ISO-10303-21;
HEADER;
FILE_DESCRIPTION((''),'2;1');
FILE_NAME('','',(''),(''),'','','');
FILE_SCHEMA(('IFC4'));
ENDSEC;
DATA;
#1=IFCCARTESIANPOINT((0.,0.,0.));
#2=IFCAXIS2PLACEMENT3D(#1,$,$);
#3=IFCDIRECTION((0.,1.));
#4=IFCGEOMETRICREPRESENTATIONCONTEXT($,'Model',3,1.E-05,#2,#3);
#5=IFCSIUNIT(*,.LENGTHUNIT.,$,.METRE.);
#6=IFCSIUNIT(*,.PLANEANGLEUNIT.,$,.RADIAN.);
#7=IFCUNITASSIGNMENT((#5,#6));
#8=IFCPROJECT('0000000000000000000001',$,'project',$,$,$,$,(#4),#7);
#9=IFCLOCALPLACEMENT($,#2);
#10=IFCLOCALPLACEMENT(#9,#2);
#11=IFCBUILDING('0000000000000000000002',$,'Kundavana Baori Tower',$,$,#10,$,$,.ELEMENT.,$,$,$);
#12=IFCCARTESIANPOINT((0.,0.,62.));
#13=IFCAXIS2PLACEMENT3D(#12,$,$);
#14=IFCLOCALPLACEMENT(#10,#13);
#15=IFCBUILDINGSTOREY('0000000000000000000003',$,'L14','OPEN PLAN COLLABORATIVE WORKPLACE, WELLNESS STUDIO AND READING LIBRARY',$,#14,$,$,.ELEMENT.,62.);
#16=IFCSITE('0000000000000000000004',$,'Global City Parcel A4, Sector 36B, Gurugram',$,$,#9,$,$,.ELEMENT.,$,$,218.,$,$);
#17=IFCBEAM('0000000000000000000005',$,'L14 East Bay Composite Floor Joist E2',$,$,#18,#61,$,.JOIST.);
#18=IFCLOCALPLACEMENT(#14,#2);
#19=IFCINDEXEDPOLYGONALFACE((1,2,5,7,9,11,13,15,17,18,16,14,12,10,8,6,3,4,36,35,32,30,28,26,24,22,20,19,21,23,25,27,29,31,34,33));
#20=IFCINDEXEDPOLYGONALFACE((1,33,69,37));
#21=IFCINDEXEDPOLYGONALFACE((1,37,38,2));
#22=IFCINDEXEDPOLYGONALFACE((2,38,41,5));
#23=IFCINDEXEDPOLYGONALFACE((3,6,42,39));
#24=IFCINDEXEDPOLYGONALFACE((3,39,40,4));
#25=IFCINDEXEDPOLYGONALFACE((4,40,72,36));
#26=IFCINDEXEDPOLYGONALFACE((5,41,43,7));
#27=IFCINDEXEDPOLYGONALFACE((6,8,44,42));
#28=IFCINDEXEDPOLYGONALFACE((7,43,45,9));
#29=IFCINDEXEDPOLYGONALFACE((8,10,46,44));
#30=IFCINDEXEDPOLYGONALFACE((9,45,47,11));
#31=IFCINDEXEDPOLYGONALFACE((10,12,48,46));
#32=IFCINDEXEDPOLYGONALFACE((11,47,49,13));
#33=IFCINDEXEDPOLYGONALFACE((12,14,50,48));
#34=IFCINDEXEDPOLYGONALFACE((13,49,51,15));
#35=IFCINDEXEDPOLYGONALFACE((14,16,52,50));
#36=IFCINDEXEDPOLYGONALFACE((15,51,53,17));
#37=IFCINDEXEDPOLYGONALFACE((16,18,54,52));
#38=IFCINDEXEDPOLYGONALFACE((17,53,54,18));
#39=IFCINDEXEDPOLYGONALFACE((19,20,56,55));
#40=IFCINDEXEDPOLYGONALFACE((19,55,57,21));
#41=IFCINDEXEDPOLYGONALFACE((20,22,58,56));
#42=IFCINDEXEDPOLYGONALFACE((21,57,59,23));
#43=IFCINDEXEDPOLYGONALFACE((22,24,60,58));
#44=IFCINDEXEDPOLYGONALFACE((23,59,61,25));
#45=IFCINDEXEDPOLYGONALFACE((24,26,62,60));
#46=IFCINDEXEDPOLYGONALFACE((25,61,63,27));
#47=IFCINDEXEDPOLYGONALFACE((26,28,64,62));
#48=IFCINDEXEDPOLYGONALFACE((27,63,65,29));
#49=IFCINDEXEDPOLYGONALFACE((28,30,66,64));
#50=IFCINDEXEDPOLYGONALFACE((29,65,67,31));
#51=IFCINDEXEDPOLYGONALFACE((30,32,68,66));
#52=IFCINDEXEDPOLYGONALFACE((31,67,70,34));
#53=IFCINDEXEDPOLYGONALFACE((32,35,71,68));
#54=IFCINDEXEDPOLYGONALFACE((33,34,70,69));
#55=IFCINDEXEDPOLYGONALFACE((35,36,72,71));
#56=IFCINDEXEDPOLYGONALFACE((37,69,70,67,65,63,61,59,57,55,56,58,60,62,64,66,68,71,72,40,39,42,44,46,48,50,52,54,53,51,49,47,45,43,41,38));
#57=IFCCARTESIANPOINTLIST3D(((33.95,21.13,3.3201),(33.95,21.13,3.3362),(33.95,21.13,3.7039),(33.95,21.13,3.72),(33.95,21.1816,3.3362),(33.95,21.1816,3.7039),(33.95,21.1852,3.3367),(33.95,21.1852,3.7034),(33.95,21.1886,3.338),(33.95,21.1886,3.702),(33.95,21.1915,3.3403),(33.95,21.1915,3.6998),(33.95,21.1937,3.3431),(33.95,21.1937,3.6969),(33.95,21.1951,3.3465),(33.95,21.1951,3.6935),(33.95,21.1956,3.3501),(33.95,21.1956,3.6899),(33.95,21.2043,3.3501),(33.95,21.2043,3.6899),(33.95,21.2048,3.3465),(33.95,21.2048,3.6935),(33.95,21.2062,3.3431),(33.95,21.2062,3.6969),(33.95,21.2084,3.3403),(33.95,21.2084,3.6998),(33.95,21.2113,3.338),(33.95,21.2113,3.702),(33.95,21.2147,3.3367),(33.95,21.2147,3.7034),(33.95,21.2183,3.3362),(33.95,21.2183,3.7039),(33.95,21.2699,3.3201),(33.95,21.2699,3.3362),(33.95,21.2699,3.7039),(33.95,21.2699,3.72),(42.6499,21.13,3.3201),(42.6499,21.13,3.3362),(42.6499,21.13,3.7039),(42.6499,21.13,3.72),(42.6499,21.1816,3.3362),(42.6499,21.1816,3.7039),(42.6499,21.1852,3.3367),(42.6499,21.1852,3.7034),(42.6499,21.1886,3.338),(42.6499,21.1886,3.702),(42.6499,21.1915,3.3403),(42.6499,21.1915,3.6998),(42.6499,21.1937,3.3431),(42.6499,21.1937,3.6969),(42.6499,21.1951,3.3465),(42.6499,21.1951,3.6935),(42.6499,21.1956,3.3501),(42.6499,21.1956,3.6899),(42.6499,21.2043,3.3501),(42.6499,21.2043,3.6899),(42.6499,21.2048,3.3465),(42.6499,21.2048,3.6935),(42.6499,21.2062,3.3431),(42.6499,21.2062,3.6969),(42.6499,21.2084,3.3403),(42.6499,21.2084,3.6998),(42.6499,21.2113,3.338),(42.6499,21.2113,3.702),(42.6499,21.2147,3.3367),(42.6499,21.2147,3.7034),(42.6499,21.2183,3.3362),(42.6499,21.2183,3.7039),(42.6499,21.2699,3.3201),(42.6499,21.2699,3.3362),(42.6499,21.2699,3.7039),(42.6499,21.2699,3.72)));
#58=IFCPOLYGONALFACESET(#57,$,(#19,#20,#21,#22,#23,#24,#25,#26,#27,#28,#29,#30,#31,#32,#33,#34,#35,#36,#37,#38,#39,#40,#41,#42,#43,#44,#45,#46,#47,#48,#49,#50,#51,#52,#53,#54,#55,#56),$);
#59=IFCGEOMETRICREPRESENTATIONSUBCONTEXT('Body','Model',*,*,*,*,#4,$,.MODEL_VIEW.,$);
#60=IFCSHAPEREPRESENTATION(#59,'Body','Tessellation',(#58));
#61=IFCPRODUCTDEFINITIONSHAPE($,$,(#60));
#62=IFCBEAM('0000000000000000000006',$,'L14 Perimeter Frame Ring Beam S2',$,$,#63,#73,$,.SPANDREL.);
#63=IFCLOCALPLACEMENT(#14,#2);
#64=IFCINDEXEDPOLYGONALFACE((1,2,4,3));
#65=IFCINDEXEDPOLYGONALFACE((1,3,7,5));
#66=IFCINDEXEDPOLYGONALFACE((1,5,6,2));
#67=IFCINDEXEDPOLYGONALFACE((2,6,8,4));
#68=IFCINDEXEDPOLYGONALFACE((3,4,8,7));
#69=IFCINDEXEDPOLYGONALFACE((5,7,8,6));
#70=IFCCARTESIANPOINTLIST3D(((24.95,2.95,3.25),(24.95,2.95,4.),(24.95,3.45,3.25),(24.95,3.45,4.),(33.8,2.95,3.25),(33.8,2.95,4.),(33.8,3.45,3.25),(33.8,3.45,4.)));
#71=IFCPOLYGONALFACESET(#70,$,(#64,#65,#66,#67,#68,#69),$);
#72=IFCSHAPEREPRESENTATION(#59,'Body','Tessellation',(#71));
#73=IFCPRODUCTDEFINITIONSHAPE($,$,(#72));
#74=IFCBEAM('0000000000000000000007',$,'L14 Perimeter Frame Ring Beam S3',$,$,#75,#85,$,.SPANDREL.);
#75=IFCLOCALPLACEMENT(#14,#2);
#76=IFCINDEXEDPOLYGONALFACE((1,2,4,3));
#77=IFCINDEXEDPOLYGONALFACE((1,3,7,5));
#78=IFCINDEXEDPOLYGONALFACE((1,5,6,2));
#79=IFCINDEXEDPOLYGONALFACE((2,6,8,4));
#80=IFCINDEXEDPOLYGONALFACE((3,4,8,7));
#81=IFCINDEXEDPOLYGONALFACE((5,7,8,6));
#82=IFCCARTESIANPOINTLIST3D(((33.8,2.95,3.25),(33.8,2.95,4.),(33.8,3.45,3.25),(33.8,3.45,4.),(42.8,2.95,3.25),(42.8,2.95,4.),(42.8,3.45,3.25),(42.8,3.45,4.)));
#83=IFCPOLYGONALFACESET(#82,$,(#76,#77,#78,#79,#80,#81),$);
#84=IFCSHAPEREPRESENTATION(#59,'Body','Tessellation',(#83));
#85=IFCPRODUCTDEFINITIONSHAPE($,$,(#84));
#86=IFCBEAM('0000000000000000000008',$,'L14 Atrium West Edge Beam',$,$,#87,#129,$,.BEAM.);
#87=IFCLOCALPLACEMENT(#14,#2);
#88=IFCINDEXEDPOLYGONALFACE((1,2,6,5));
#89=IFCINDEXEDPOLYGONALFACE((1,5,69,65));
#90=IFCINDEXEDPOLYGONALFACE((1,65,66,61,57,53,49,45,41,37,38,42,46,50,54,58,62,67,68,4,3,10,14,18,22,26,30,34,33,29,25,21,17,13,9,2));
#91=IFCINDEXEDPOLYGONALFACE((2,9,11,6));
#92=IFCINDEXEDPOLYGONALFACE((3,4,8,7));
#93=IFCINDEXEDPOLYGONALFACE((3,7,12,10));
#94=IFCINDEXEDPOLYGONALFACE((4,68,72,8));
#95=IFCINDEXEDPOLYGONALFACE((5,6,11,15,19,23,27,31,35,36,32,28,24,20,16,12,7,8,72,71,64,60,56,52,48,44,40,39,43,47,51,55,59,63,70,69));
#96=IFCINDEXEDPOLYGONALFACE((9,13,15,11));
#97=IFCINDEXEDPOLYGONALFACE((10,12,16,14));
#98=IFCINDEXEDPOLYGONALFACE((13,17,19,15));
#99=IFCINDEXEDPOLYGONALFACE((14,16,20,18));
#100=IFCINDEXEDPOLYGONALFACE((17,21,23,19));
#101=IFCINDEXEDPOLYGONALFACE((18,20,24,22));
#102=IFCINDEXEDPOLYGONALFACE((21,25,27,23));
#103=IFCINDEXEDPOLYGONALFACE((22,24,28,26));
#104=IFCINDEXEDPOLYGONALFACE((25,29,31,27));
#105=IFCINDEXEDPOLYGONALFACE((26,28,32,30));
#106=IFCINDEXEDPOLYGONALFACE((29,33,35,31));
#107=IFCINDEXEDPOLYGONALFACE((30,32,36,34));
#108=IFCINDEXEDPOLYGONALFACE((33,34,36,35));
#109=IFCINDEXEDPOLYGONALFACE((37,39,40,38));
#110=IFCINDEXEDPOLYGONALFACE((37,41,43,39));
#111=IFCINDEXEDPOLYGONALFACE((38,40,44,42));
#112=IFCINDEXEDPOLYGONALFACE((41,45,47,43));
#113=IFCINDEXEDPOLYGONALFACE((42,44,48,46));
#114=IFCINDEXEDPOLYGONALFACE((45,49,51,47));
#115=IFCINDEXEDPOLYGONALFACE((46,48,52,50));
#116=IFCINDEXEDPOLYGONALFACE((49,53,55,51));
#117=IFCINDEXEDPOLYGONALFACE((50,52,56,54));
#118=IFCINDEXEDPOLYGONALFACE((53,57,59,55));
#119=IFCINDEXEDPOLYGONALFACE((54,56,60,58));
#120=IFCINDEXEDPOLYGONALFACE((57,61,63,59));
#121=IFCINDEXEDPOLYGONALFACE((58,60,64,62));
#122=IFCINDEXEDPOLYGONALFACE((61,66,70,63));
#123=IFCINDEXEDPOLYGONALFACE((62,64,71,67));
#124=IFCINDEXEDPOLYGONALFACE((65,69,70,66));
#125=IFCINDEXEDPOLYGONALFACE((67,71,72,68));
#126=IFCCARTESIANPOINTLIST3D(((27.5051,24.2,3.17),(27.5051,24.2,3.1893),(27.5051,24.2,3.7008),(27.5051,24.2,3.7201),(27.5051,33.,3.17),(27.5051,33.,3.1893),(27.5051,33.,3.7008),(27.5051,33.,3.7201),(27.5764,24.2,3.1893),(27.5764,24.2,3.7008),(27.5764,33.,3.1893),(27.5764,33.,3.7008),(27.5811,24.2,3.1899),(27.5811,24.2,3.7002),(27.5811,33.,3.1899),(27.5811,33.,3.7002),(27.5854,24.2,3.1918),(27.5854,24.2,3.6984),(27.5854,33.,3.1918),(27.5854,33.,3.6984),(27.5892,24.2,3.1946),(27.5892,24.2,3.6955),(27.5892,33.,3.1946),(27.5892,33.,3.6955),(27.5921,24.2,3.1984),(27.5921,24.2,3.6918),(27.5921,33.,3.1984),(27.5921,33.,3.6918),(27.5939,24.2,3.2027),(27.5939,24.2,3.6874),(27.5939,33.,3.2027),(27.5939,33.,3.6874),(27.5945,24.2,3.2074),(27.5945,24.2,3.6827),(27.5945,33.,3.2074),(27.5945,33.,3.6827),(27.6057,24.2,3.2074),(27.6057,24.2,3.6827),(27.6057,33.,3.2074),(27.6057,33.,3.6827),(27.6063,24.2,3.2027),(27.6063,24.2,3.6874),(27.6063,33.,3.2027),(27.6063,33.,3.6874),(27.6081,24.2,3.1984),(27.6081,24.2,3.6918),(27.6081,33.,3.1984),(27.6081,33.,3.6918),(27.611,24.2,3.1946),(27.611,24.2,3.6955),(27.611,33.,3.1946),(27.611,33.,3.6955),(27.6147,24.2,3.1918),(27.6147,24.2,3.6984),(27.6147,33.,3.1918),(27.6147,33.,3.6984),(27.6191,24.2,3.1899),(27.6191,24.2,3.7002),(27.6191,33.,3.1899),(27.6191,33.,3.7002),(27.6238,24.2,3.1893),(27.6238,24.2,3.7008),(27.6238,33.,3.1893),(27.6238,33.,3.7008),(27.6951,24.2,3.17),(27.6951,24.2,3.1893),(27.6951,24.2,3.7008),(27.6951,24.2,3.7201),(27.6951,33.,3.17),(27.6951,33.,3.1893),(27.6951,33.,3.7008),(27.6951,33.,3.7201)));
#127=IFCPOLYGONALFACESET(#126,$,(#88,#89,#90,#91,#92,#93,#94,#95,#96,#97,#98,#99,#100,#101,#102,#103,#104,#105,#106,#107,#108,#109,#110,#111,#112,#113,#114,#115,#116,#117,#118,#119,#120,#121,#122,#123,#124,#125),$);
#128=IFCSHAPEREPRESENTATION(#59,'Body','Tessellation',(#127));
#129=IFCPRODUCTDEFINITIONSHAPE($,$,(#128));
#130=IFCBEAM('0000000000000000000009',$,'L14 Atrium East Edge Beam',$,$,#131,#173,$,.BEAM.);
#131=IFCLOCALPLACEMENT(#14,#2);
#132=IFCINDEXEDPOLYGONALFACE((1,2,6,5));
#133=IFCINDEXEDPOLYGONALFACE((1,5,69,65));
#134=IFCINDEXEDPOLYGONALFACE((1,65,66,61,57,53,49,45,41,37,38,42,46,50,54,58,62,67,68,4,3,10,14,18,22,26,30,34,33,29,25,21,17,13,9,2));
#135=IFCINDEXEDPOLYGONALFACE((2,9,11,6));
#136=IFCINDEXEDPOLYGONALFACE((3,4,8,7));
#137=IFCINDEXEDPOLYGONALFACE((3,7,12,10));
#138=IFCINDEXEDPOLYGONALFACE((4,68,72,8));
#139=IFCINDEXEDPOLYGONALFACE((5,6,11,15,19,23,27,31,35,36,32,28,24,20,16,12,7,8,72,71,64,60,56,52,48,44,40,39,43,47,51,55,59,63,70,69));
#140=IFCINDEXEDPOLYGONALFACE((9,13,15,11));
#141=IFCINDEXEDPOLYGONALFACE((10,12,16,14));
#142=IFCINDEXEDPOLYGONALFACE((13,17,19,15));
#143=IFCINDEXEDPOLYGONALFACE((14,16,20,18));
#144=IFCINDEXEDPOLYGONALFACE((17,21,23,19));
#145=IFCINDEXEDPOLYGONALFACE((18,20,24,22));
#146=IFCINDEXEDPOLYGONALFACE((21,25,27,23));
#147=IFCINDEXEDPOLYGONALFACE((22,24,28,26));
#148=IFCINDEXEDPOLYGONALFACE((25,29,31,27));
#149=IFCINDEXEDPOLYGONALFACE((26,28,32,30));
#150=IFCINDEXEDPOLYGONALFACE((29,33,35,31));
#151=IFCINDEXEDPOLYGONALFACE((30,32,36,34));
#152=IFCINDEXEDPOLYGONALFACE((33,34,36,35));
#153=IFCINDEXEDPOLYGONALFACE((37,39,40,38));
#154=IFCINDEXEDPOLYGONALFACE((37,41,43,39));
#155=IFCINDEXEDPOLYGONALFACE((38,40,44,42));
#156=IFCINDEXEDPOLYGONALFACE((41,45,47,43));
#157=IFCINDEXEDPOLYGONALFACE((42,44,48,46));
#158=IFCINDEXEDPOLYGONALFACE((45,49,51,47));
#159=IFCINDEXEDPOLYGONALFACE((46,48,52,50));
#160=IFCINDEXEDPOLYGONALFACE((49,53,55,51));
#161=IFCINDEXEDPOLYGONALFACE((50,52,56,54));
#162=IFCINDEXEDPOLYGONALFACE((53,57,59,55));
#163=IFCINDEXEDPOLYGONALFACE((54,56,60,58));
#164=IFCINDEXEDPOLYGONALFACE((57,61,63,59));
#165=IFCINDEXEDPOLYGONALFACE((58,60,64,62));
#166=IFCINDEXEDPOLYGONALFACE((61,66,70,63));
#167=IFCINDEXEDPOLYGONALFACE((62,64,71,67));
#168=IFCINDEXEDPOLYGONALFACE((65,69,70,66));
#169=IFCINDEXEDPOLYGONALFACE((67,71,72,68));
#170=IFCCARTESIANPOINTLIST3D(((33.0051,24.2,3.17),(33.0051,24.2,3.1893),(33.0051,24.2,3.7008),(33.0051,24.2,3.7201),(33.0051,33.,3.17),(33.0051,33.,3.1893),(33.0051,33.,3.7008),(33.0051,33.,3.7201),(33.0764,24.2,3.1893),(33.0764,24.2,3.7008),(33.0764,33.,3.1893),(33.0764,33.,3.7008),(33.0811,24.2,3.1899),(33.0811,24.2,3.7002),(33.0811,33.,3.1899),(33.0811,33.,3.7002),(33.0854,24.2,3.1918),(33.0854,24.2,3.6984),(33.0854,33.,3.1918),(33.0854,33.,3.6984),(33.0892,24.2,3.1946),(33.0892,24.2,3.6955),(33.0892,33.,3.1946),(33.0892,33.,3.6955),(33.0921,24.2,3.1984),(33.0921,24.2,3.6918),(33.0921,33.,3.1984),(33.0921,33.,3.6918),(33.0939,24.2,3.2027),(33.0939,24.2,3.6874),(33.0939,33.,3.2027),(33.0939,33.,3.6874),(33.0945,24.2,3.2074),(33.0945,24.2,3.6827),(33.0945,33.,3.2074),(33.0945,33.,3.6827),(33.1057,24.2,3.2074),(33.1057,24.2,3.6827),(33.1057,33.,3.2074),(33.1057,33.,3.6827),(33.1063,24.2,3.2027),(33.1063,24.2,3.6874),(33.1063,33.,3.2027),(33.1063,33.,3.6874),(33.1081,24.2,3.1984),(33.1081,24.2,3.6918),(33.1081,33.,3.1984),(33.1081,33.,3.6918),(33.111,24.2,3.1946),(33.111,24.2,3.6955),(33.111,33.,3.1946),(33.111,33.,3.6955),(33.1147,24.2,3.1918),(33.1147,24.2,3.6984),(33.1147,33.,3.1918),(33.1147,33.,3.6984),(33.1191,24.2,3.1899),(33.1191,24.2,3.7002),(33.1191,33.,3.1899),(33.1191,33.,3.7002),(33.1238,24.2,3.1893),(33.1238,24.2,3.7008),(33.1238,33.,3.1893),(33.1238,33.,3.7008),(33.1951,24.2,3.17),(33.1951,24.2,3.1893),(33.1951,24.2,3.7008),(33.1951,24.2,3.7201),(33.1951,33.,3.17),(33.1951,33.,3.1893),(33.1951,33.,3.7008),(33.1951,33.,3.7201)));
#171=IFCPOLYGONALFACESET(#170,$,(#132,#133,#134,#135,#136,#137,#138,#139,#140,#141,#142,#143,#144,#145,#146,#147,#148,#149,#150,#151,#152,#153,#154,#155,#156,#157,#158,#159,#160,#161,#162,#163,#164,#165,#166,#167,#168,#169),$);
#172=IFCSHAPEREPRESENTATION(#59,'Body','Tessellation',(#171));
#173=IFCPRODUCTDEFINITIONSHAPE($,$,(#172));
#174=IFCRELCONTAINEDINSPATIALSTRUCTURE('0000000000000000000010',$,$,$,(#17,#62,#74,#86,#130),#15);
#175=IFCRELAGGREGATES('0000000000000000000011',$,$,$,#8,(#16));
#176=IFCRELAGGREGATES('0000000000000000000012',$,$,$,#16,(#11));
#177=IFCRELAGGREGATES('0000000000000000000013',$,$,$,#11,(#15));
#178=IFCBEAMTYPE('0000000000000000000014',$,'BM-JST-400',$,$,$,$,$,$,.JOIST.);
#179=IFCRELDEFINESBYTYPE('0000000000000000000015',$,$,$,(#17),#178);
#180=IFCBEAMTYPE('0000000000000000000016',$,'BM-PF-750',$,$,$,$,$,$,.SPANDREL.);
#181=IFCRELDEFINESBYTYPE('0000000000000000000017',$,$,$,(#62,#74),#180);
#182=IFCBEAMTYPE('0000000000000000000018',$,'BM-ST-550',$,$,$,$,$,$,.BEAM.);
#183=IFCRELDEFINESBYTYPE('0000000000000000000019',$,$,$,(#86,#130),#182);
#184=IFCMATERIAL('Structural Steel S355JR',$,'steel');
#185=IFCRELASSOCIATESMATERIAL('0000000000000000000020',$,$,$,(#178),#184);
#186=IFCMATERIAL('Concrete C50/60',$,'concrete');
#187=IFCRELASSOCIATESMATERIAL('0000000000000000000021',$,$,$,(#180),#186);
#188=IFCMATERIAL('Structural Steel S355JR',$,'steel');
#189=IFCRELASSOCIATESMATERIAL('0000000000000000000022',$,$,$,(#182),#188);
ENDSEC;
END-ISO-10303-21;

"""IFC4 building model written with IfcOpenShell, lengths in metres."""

from ifc_helpers import new_model, si_unit, direction, frame, origin, origin_2d, place, context, subcontext, project, spatial, rectangle, i_section, extrude, material, material_profile, profile_set, type_object, element, save


model = new_model("IFC4")

# Units and contexts
model_context = context("Model", 3, precision=1e-05, world=origin(), true_north=direction((0.0, 1.0)))
body_context = subcontext(model_context, "Body", "Model", "MODEL_VIEW")
ifc_project = project(units=[si_unit("LENGTHUNIT", "METRE"), si_unit("PLANEANGLEUNIT", "RADIAN")], contexts=[model_context])

# Site, building, storey
site_placement = place(None, origin())
site = spatial("IfcSite", under=ifc_project, at=site_placement, Name="Global City Parcel A4, Sector 36B, Gurugram", CompositionType="ELEMENT", RefElevation=218.0)
building_placement = place(site_placement, origin())
building = spatial("IfcBuilding", under=site, at=building_placement, Name="Kundavana Baori Tower", CompositionType="ELEMENT")
storey_placement = place(building_placement, frame((0.0, 0.0, 62.0)))
storey = spatial("IfcBuildingStorey", under=building, at=storey_placement, Name="L14", Description="OPEN PLAN COLLABORATIVE WORKPLACE, WELLNESS STUDIO AND READING LIBRARY", CompositionType="ELEMENT", Elevation=62.0)

# Beams
ifc_material_1 = material(Name="Structural Steel S355JR", Category="steel")
ifc_material_profile_1 = material_profile(ifc_material_1, i_section(OverallWidth=0.1399, OverallDepth=0.3999, WebThickness=0.0088, FlangeThickness=0.0161, FilletRadius=0.0139, at=origin_2d()), Name="ISMB 400")
ifc_profile_set_1 = profile_set([ifc_material_profile_1], Name="Structural Steel S355JR")
beam_type_1 = type_object("IfcBeamType", Name="BM-JST-400", PredefinedType="JOIST", material=ifc_profile_set_1)
for number, where, z_axis, x_axis, name in (
    (1, (33.95, 21.2, 3.52), (1.0, 0.0, 0.0), (0.0, 1.0, 0.0), "L14 East Bay Composite Floor Joist E2"),
):
    element("IfcBeam", number, at=place(storey_placement, frame(where, z_axis=z_axis, x_axis=x_axis)), inside=storey, type_object=beam_type_1, Name=name, PredefinedType="JOIST", context=body_context, shape_type="SweptSolid", body=[
        extrude(i_section(OverallWidth=0.1399, OverallDepth=0.3999, WebThickness=0.0088, FlangeThickness=0.0161, FilletRadius=0.0139, at=origin_2d()), origin(), (0.0, 0.0, 1.0), 8.7),
    ])
ifc_material_2 = material(Name="Concrete C50/60", Category="concrete")
ifc_material_profile_2 = material_profile(ifc_material_2, rectangle(XDim=0.5, YDim=0.75, at=origin_2d()), Name="RC BM 500x750")
ifc_profile_set_2 = profile_set([ifc_material_profile_2], Name="Concrete C50/60")
beam_type_2 = type_object("IfcBeamType", Name="BM-PF-750", PredefinedType="SPANDREL", material=ifc_profile_set_2)
beam_1_placement = place(storey_placement, frame((24.95, 3.2, 3.625), z_axis=(1.0, 0.0, 0.0), x_axis=(0.0, 1.0, 0.0)))
element("IfcBeam", 2, at=beam_1_placement, inside=storey, type_object=beam_type_2, Name="L14 Perimeter Frame Ring Beam S2", PredefinedType="SPANDREL", context=body_context, shape_type="SweptSolid", body=[
    extrude(rectangle(XDim=0.5, YDim=0.75, at=origin_2d()), origin(), (0.0, 0.0, 1.0), 8.8501),
])
beam_2_placement = place(storey_placement, frame((33.8, 3.2, 3.625), z_axis=(1.0, 0.0, 0.0), x_axis=(0.0, 1.0, 0.0)))
element("IfcBeam", 3, at=beam_2_placement, inside=storey, type_object=beam_type_2, Name="L14 Perimeter Frame Ring Beam S3", PredefinedType="SPANDREL", context=body_context, shape_type="SweptSolid", body=[
    extrude(rectangle(XDim=0.5, YDim=0.75, at=origin_2d()), origin(), (0.0, 0.0, 1.0), 9.0),
])
ifc_material_3 = material(Name="Structural Steel S355JR", Category="steel")
ifc_material_profile_3 = material_profile(ifc_material_3, i_section(OverallWidth=0.1899, OverallDepth=0.55, WebThickness=0.0112, FlangeThickness=0.0193, FilletRadius=0.0181, at=origin_2d()), Name="ISMB 550")
ifc_profile_set_3 = profile_set([ifc_material_profile_3], Name="Structural Steel S355JR")
beam_type_3 = type_object("IfcBeamType", Name="BM-ST-550", PredefinedType="BEAM", material=ifc_profile_set_3)
for number, where, z_axis, x_axis, name in (
    (4, (27.6001, 24.2, 3.4451), (0.0, 1.0, 0.0), (-1.0, 0.0, 0.0), "L14 Atrium West Edge Beam"),
    (5, (33.1001, 24.2, 3.4451), (0.0, 1.0, 0.0), (-1.0, 0.0, 0.0), "L14 Atrium East Edge Beam"),
):
    element("IfcBeam", number, at=place(storey_placement, frame(where, z_axis=z_axis, x_axis=x_axis)), inside=storey, type_object=beam_type_3, Name=name, PredefinedType="BEAM", context=body_context, shape_type="SweptSolid", body=[
        extrude(i_section(OverallWidth=0.1899, OverallDepth=0.55, WebThickness=0.0112, FlangeThickness=0.0193, FilletRadius=0.0181, at=origin_2d()), origin(), (0.0, 0.0, 1.0), 8.8),
    ])

save(model, "model.ifc")
